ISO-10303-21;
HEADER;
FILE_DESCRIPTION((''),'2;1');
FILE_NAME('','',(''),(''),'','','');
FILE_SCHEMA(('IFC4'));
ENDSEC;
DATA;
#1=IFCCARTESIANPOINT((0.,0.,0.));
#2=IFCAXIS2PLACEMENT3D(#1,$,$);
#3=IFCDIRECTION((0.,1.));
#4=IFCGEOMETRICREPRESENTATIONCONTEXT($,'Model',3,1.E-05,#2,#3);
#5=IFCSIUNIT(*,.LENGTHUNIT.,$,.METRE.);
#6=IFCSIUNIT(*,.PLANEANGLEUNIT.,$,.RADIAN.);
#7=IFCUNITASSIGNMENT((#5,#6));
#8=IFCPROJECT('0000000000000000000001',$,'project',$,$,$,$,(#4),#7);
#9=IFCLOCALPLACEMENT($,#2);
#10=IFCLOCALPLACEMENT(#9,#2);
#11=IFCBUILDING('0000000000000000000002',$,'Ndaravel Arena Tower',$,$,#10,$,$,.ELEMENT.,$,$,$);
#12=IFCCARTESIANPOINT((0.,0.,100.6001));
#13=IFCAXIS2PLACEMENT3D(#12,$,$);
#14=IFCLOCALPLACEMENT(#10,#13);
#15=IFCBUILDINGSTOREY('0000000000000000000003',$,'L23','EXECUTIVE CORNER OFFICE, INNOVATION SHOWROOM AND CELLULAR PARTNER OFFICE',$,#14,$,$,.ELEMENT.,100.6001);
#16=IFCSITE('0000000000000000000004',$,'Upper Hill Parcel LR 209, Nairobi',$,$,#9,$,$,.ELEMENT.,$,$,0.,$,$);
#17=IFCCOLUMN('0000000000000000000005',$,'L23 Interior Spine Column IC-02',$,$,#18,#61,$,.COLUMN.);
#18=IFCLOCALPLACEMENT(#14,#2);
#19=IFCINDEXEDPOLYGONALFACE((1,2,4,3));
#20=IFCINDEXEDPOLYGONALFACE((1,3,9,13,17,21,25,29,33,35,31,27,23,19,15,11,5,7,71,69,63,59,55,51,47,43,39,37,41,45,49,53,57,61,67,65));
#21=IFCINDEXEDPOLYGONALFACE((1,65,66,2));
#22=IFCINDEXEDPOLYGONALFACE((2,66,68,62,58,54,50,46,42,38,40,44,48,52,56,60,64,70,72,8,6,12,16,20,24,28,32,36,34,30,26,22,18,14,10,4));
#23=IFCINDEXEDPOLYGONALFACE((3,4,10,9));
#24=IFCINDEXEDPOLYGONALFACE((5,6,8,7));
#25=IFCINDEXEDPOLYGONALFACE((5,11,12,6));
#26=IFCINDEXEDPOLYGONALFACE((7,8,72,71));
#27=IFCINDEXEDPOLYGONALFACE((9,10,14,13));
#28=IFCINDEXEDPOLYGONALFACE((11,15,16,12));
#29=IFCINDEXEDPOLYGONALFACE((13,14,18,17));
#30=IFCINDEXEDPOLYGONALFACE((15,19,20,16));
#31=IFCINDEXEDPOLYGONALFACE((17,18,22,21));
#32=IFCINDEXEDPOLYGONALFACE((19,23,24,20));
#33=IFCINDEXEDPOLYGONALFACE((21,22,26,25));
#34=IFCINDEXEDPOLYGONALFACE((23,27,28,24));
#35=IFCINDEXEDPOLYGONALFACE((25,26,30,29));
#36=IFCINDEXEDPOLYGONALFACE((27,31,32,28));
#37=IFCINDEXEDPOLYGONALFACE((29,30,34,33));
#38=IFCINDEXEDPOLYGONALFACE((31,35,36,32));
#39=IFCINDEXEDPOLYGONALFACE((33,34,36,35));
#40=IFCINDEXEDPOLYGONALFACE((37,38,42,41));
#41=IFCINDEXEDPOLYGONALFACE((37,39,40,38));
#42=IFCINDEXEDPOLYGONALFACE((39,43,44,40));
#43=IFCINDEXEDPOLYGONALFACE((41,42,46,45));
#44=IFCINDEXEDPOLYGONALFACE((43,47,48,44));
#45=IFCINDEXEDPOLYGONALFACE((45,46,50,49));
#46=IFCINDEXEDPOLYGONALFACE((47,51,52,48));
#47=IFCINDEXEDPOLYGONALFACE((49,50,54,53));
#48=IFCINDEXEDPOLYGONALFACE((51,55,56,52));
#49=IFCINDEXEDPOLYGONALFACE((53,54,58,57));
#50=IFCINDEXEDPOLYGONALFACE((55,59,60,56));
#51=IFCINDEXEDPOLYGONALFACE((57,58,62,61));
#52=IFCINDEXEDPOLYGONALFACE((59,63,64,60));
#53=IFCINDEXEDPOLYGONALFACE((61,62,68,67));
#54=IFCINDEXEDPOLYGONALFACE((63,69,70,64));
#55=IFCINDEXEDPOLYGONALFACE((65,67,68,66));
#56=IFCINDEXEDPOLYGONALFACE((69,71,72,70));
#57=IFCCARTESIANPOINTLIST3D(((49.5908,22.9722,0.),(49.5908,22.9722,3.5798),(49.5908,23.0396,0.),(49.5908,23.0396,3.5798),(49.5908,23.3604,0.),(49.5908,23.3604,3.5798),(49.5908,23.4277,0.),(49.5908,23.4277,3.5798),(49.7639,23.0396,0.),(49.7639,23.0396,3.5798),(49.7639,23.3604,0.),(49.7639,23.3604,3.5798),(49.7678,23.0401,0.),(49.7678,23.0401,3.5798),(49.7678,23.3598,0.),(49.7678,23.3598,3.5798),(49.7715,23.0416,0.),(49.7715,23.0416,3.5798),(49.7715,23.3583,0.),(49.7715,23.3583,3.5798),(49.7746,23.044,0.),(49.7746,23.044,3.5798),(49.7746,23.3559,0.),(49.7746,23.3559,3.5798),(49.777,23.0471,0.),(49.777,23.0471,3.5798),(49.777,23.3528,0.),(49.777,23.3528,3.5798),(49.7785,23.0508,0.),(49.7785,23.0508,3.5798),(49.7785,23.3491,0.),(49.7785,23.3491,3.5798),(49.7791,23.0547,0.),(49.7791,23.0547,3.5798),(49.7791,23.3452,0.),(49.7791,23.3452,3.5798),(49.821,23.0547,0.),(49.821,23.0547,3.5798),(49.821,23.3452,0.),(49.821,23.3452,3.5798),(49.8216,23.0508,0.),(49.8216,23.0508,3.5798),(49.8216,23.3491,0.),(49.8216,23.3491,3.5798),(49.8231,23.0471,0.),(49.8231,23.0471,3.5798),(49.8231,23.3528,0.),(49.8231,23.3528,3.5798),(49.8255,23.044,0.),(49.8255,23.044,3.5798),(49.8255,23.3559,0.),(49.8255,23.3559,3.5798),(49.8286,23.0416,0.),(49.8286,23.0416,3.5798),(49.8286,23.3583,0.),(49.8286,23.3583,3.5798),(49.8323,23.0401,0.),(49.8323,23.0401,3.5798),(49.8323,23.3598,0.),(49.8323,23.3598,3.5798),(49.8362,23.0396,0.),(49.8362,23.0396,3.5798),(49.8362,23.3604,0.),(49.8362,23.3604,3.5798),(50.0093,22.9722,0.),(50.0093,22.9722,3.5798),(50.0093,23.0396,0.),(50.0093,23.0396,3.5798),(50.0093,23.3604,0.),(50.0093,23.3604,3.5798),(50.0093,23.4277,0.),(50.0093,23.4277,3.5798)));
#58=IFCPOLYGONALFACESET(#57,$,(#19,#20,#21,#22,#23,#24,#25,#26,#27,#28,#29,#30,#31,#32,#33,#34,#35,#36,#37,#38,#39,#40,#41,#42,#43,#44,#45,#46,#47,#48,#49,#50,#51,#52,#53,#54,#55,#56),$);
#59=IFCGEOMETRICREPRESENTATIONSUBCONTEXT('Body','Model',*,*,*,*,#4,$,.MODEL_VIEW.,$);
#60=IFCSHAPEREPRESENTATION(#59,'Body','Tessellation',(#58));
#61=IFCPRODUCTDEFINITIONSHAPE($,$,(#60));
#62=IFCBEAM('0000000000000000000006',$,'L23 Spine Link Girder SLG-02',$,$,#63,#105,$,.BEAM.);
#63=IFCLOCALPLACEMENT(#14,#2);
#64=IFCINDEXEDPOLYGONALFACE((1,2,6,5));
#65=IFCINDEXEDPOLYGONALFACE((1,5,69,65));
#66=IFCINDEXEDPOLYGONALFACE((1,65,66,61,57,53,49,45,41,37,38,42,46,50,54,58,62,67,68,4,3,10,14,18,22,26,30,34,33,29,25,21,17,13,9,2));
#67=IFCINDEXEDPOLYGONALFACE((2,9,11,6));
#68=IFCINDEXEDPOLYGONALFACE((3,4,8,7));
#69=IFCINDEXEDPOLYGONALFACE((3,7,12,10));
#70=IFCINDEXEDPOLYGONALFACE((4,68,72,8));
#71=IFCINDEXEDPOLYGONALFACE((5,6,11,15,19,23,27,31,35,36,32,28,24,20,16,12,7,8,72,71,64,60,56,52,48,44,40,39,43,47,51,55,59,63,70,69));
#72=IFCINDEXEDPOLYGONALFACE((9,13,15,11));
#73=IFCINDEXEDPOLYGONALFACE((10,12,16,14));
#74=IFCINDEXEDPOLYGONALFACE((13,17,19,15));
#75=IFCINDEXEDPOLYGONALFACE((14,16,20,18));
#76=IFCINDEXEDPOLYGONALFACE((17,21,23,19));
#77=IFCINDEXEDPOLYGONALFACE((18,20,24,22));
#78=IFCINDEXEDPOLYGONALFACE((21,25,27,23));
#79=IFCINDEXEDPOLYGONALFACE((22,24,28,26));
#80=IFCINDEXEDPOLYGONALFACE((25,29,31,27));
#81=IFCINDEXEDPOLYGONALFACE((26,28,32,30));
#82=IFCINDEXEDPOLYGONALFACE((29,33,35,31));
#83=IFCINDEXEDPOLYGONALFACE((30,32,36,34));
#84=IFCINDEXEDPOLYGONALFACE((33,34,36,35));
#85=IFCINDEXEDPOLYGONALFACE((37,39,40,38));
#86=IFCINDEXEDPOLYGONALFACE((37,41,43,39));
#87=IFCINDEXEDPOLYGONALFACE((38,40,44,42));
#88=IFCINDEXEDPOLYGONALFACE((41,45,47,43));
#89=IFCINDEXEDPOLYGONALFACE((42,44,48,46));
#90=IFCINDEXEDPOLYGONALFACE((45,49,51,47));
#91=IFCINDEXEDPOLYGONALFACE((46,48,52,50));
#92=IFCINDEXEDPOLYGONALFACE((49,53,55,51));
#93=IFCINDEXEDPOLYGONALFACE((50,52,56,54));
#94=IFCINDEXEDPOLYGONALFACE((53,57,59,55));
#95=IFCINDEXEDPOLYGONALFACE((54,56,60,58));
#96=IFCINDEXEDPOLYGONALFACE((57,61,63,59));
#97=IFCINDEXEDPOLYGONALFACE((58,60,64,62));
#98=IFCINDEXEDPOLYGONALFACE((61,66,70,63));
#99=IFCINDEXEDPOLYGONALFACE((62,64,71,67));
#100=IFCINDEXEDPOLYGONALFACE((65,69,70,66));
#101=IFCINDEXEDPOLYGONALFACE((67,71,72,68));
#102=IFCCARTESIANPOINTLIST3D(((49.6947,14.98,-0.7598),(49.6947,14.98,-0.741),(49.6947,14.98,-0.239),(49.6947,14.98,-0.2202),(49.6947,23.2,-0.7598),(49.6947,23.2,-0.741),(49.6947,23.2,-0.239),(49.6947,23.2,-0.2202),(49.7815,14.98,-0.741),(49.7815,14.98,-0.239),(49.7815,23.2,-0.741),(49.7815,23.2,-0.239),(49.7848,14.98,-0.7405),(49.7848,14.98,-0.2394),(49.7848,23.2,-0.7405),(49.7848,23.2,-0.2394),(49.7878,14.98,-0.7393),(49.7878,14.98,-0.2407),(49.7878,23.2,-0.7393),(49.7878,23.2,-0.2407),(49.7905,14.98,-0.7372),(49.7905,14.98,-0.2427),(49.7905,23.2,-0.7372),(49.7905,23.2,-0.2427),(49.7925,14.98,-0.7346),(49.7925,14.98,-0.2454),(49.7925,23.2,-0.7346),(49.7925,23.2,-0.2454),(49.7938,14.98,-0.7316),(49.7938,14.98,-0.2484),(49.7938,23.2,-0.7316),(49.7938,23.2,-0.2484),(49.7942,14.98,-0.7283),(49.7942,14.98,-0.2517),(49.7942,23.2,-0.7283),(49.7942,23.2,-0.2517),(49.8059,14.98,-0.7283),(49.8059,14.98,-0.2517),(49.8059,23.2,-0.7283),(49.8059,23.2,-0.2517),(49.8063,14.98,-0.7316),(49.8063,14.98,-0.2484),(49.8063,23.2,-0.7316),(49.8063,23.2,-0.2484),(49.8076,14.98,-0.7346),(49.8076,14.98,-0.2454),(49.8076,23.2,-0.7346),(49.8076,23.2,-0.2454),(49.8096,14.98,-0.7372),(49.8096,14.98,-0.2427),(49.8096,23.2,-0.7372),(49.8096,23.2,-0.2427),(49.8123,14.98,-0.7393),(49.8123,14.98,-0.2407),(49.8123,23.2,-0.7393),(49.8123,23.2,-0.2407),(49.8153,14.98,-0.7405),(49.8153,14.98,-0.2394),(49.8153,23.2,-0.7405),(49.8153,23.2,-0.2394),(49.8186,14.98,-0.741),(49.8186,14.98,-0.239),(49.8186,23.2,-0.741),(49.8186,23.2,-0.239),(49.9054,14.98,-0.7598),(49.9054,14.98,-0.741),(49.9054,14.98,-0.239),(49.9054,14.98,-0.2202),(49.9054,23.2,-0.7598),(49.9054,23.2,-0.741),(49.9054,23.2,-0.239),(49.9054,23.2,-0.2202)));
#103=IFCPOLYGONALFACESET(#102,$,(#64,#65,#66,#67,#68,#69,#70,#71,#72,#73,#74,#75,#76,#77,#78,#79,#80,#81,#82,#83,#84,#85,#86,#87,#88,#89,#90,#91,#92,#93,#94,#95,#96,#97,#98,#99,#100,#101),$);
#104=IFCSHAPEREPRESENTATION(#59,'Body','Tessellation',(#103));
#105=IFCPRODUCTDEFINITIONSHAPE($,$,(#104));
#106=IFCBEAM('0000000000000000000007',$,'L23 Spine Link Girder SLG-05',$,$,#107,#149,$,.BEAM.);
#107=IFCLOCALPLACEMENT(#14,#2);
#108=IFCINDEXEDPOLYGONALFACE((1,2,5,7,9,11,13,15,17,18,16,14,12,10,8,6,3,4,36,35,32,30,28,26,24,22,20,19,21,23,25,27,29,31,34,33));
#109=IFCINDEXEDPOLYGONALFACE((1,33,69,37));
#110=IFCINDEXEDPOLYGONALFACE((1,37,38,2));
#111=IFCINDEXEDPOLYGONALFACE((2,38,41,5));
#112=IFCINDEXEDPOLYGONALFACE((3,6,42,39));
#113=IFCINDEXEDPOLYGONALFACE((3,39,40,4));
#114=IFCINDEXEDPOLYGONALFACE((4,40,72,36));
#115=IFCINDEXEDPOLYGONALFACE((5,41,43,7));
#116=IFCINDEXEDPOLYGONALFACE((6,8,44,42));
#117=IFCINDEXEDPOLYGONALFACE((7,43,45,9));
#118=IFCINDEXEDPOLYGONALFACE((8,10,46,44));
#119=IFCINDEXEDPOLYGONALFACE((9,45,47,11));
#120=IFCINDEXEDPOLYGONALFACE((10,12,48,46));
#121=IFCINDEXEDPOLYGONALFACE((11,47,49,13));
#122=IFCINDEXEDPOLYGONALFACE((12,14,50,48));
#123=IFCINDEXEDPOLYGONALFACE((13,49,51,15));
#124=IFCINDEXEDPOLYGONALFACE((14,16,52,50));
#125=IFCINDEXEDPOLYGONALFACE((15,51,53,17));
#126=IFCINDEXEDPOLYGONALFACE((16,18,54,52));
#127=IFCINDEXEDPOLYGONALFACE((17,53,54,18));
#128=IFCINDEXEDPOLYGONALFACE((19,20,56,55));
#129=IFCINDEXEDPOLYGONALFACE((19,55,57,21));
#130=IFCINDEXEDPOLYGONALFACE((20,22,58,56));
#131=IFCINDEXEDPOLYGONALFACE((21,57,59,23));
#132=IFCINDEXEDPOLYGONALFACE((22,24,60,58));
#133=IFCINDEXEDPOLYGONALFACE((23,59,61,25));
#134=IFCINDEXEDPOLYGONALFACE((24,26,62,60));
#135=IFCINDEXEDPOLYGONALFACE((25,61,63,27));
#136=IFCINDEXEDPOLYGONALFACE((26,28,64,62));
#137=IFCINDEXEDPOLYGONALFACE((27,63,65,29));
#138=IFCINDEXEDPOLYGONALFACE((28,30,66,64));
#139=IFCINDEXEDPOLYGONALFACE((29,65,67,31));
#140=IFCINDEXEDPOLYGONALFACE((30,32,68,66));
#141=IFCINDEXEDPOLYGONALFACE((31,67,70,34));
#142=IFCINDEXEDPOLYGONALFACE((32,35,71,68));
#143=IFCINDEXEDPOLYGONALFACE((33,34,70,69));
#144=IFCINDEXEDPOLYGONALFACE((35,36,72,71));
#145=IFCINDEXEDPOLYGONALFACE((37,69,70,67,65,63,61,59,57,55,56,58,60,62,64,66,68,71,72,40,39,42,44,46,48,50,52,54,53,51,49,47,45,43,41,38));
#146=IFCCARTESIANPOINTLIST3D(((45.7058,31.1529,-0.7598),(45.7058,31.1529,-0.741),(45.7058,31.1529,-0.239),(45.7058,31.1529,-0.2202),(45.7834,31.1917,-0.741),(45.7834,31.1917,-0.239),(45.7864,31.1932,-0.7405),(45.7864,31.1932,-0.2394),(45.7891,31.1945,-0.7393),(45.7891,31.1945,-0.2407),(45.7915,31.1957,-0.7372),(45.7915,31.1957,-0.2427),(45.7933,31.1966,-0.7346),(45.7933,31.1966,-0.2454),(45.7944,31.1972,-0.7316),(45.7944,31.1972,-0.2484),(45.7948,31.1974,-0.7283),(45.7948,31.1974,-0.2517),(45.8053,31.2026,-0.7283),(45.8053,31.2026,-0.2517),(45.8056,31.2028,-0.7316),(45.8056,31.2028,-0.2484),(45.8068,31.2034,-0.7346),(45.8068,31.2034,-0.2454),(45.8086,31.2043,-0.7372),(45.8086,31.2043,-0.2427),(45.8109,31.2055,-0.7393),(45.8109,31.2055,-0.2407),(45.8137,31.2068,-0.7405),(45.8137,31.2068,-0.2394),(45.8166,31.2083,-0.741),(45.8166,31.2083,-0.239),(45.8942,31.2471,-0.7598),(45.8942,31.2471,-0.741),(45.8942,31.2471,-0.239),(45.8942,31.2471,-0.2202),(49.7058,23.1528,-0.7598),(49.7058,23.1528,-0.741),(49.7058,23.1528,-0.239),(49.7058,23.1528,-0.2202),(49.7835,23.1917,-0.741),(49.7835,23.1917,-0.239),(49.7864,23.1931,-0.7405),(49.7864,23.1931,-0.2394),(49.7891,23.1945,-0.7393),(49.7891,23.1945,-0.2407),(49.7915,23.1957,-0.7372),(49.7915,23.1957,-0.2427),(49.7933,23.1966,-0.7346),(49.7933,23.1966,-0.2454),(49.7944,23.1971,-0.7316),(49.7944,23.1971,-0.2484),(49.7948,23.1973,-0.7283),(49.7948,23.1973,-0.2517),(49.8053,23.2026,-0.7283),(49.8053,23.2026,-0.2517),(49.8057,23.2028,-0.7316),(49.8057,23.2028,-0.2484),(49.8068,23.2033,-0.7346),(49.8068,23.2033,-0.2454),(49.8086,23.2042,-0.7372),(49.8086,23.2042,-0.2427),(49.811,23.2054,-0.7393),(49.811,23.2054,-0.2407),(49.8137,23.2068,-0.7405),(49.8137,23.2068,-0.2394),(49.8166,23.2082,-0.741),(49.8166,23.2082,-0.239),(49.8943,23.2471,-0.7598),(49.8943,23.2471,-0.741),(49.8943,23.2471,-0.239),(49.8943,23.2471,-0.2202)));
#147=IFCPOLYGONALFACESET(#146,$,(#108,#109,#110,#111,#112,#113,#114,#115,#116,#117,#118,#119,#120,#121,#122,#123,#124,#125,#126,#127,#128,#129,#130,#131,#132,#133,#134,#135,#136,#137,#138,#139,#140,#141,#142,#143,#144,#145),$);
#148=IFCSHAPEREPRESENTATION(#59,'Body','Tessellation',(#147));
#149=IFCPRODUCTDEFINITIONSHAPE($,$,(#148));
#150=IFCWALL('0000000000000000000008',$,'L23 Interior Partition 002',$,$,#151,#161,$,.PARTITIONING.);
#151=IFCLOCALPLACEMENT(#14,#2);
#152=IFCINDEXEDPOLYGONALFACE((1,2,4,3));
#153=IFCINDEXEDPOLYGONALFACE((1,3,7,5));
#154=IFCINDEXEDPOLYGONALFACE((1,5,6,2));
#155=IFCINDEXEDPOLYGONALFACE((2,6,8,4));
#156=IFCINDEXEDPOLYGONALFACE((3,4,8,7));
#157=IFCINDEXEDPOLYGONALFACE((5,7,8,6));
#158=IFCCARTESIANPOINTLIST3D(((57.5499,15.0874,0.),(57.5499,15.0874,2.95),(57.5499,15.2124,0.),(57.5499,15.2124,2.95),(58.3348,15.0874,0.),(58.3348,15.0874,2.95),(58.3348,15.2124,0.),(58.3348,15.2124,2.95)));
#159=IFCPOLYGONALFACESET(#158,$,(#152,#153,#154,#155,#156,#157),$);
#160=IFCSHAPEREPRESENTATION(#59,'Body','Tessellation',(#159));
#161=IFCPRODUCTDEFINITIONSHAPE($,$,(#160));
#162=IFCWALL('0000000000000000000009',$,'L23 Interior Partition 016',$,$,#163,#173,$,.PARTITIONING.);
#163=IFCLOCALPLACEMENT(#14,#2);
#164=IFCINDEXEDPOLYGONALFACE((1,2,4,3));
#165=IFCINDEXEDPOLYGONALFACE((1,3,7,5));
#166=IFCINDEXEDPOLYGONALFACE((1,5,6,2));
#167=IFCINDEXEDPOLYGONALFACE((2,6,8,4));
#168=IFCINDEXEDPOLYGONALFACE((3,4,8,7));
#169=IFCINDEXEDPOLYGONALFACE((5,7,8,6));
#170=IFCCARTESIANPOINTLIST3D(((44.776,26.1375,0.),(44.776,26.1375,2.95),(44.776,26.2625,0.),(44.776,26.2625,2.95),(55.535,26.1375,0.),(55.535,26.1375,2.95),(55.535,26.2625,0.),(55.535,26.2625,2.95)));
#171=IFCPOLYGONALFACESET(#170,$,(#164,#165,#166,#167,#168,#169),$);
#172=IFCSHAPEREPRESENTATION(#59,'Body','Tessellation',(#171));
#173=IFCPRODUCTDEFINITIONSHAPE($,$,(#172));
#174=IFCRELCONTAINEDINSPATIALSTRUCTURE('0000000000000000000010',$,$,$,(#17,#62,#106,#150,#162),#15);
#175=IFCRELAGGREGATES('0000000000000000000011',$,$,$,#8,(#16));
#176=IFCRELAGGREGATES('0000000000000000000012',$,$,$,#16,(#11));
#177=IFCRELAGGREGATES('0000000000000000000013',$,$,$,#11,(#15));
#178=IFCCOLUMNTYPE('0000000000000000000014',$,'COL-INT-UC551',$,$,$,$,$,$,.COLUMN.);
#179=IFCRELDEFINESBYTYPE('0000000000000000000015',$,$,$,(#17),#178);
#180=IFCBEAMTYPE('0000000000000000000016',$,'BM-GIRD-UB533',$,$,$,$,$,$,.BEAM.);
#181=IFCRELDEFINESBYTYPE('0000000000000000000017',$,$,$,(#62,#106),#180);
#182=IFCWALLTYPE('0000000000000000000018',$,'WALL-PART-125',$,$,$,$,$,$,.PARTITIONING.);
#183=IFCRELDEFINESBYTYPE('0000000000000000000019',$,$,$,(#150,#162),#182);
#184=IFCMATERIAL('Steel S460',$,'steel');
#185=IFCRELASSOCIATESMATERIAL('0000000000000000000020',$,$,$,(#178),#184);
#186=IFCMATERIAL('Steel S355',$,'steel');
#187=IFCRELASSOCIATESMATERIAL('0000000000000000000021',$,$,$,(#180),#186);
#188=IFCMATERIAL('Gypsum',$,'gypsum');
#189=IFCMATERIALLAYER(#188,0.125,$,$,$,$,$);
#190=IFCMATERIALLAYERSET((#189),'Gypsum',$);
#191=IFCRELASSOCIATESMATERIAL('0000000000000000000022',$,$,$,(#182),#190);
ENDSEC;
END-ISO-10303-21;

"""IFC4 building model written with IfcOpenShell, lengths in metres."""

from ifc_helpers import new_model, si_unit, direction, frame, frame_2d, origin, origin_2d, place, context, subcontext, project, spatial, rectangle, i_section, extrude, material, layer, layer_set, material_profile, profile_set, type_object, element, save


model = new_model("IFC4")

# Units and contexts
model_context = context("Model", 3, precision=1e-05, world=origin(), true_north=direction((0.0, 1.0)))
body_context = subcontext(model_context, "Body", "Model", "MODEL_VIEW")
ifc_project = project(units=[si_unit("LENGTHUNIT", "METRE"), si_unit("PLANEANGLEUNIT", "RADIAN")], contexts=[model_context])

# Site, building, storey
site_placement = place(None, origin())
site = spatial("IfcSite", under=ifc_project, at=site_placement, Name="Upper Hill Parcel LR 209, Nairobi", CompositionType="ELEMENT", RefElevation=0.0)
building_placement = place(site_placement, origin())
building = spatial("IfcBuilding", under=site, at=building_placement, Name="Ndaravel Arena Tower", CompositionType="ELEMENT")
storey_placement = place(building_placement, frame((0.0, 0.0, 100.6001)))
storey = spatial("IfcBuildingStorey", under=building, at=storey_placement, Name="L23", Description="EXECUTIVE CORNER OFFICE, INNOVATION SHOWROOM AND CELLULAR PARTNER OFFICE", CompositionType="ELEMENT", Elevation=100.6001)

# Column
ifc_material_1 = material(Name="Steel S460", Category="steel")
ifc_material_profile_1 = material_profile(ifc_material_1, i_section(OverallWidth=0.4185, OverallDepth=0.4556, WebThickness=0.042, FlangeThickness=0.0674, FilletRadius=0.0151, at=origin_2d()), Name="UC 356x406x551")
ifc_profile_set_1 = profile_set([ifc_material_profile_1], Name="Steel S460")
column_type = type_object("IfcColumnType", Name="COL-INT-UC551", PredefinedType="COLUMN", material=ifc_profile_set_1)
column_placement = place(storey_placement, frame((49.8, 23.2, 0.0), z_axis=(0.0, 0.0, 1.0), x_axis=(1.0, 0.0, 0.0)))
element("IfcColumn", 1, at=column_placement, inside=storey, type_object=column_type, Name="L23 Interior Spine Column IC-02", PredefinedType="COLUMN", context=body_context, shape_type="SweptSolid", body=[
    extrude(i_section(OverallWidth=0.4185, OverallDepth=0.4556, WebThickness=0.042, FlangeThickness=0.0674, FilletRadius=0.0151, at=origin_2d()), origin(), (0.0, 0.0, 1.0), 3.5798),
])

# Beams
ifc_material_2 = material(Name="Steel S355", Category="steel")
ifc_material_profile_2 = material_profile(ifc_material_2, i_section(OverallWidth=0.2107, OverallDepth=0.5396, WebThickness=0.0117, FlangeThickness=0.0188, FilletRadius=0.0127, at=origin_2d()), Name="UB 533x210x109")
ifc_profile_set_2 = profile_set([ifc_material_profile_2], Name="Steel S355")
beam_type = type_object("IfcBeamType", Name="BM-GIRD-UB533", PredefinedType="BEAM", material=ifc_profile_set_2)
beam_1_placement = place(storey_placement, frame((49.8, 14.98, -0.49), z_axis=(0.0, 1.0, 0.0), x_axis=(-1.0, 0.0, 0.0)))
element("IfcBeam", 2, at=beam_1_placement, inside=storey, type_object=beam_type, Name="L23 Spine Link Girder SLG-02", PredefinedType="BEAM", context=body_context, shape_type="SweptSolid", body=[
    extrude(i_section(OverallWidth=0.2107, OverallDepth=0.5396, WebThickness=0.0117, FlangeThickness=0.0188, FilletRadius=0.0127, at=origin_2d()), origin(), (0.0, 0.0, 1.0), 8.22),
])
beam_2_placement = place(storey_placement, frame((49.8, 23.2, -0.49), z_axis=(-0.447214, 0.894427, 0.0), x_axis=(-0.894427, -0.447214, 0.0)))
element("IfcBeam", 3, at=beam_2_placement, inside=storey, type_object=beam_type, Name="L23 Spine Link Girder SLG-05", PredefinedType="BEAM", context=body_context, shape_type="SweptSolid", body=[
    extrude(i_section(OverallWidth=0.2107, OverallDepth=0.5396, WebThickness=0.0117, FlangeThickness=0.0188, FilletRadius=0.0127, at=origin_2d()), origin(), (0.0, 0.0, 1.0), 8.9443),
])

# Walls
ifc_material_3 = material(Name="Gypsum", Category="gypsum")
ifc_layer_1 = layer(ifc_material_3, 0.125)
ifc_layer_set_1 = layer_set([ifc_layer_1], Name="Gypsum")
wall_type_1 = type_object("IfcWallType", Name="WALL-PART-125", PredefinedType="PARTITIONING", material=ifc_layer_set_1)
wall_1_placement = place(storey_placement, frame((58.335, 15.1499, 0.0), z_axis=(0.0, 0.0, 1.0), x_axis=(-1.0, 0.0, 0.0)))
element("IfcWall", 4, at=wall_1_placement, inside=storey, type_object=wall_type_1, Name="L23 Interior Partition 002", PredefinedType="PARTITIONING", context=body_context, shape_type="SweptSolid", body=[
    extrude(rectangle(XDim=0.7849, YDim=0.125, at=frame_2d((0.3926, 0.0))), origin(), (0.0, 0.0, 1.0), 2.95),
])
wall_2_placement = place(storey_placement, frame((55.5349, 26.2, 0.0), z_axis=(0.0, 0.0, 1.0), x_axis=(-1.0, 0.0, 0.0)))
element("IfcWall", 5, at=wall_2_placement, inside=storey, type_object=wall_type_1, Name="L23 Interior Partition 016", PredefinedType="PARTITIONING", context=body_context, shape_type="SweptSolid", body=[
    extrude(rectangle(XDim=10.759, YDim=0.125, at=frame_2d((5.3794, 0.0))), origin(), (0.0, 0.0, 1.0), 2.95),
])

save(model, "model.ifc")
